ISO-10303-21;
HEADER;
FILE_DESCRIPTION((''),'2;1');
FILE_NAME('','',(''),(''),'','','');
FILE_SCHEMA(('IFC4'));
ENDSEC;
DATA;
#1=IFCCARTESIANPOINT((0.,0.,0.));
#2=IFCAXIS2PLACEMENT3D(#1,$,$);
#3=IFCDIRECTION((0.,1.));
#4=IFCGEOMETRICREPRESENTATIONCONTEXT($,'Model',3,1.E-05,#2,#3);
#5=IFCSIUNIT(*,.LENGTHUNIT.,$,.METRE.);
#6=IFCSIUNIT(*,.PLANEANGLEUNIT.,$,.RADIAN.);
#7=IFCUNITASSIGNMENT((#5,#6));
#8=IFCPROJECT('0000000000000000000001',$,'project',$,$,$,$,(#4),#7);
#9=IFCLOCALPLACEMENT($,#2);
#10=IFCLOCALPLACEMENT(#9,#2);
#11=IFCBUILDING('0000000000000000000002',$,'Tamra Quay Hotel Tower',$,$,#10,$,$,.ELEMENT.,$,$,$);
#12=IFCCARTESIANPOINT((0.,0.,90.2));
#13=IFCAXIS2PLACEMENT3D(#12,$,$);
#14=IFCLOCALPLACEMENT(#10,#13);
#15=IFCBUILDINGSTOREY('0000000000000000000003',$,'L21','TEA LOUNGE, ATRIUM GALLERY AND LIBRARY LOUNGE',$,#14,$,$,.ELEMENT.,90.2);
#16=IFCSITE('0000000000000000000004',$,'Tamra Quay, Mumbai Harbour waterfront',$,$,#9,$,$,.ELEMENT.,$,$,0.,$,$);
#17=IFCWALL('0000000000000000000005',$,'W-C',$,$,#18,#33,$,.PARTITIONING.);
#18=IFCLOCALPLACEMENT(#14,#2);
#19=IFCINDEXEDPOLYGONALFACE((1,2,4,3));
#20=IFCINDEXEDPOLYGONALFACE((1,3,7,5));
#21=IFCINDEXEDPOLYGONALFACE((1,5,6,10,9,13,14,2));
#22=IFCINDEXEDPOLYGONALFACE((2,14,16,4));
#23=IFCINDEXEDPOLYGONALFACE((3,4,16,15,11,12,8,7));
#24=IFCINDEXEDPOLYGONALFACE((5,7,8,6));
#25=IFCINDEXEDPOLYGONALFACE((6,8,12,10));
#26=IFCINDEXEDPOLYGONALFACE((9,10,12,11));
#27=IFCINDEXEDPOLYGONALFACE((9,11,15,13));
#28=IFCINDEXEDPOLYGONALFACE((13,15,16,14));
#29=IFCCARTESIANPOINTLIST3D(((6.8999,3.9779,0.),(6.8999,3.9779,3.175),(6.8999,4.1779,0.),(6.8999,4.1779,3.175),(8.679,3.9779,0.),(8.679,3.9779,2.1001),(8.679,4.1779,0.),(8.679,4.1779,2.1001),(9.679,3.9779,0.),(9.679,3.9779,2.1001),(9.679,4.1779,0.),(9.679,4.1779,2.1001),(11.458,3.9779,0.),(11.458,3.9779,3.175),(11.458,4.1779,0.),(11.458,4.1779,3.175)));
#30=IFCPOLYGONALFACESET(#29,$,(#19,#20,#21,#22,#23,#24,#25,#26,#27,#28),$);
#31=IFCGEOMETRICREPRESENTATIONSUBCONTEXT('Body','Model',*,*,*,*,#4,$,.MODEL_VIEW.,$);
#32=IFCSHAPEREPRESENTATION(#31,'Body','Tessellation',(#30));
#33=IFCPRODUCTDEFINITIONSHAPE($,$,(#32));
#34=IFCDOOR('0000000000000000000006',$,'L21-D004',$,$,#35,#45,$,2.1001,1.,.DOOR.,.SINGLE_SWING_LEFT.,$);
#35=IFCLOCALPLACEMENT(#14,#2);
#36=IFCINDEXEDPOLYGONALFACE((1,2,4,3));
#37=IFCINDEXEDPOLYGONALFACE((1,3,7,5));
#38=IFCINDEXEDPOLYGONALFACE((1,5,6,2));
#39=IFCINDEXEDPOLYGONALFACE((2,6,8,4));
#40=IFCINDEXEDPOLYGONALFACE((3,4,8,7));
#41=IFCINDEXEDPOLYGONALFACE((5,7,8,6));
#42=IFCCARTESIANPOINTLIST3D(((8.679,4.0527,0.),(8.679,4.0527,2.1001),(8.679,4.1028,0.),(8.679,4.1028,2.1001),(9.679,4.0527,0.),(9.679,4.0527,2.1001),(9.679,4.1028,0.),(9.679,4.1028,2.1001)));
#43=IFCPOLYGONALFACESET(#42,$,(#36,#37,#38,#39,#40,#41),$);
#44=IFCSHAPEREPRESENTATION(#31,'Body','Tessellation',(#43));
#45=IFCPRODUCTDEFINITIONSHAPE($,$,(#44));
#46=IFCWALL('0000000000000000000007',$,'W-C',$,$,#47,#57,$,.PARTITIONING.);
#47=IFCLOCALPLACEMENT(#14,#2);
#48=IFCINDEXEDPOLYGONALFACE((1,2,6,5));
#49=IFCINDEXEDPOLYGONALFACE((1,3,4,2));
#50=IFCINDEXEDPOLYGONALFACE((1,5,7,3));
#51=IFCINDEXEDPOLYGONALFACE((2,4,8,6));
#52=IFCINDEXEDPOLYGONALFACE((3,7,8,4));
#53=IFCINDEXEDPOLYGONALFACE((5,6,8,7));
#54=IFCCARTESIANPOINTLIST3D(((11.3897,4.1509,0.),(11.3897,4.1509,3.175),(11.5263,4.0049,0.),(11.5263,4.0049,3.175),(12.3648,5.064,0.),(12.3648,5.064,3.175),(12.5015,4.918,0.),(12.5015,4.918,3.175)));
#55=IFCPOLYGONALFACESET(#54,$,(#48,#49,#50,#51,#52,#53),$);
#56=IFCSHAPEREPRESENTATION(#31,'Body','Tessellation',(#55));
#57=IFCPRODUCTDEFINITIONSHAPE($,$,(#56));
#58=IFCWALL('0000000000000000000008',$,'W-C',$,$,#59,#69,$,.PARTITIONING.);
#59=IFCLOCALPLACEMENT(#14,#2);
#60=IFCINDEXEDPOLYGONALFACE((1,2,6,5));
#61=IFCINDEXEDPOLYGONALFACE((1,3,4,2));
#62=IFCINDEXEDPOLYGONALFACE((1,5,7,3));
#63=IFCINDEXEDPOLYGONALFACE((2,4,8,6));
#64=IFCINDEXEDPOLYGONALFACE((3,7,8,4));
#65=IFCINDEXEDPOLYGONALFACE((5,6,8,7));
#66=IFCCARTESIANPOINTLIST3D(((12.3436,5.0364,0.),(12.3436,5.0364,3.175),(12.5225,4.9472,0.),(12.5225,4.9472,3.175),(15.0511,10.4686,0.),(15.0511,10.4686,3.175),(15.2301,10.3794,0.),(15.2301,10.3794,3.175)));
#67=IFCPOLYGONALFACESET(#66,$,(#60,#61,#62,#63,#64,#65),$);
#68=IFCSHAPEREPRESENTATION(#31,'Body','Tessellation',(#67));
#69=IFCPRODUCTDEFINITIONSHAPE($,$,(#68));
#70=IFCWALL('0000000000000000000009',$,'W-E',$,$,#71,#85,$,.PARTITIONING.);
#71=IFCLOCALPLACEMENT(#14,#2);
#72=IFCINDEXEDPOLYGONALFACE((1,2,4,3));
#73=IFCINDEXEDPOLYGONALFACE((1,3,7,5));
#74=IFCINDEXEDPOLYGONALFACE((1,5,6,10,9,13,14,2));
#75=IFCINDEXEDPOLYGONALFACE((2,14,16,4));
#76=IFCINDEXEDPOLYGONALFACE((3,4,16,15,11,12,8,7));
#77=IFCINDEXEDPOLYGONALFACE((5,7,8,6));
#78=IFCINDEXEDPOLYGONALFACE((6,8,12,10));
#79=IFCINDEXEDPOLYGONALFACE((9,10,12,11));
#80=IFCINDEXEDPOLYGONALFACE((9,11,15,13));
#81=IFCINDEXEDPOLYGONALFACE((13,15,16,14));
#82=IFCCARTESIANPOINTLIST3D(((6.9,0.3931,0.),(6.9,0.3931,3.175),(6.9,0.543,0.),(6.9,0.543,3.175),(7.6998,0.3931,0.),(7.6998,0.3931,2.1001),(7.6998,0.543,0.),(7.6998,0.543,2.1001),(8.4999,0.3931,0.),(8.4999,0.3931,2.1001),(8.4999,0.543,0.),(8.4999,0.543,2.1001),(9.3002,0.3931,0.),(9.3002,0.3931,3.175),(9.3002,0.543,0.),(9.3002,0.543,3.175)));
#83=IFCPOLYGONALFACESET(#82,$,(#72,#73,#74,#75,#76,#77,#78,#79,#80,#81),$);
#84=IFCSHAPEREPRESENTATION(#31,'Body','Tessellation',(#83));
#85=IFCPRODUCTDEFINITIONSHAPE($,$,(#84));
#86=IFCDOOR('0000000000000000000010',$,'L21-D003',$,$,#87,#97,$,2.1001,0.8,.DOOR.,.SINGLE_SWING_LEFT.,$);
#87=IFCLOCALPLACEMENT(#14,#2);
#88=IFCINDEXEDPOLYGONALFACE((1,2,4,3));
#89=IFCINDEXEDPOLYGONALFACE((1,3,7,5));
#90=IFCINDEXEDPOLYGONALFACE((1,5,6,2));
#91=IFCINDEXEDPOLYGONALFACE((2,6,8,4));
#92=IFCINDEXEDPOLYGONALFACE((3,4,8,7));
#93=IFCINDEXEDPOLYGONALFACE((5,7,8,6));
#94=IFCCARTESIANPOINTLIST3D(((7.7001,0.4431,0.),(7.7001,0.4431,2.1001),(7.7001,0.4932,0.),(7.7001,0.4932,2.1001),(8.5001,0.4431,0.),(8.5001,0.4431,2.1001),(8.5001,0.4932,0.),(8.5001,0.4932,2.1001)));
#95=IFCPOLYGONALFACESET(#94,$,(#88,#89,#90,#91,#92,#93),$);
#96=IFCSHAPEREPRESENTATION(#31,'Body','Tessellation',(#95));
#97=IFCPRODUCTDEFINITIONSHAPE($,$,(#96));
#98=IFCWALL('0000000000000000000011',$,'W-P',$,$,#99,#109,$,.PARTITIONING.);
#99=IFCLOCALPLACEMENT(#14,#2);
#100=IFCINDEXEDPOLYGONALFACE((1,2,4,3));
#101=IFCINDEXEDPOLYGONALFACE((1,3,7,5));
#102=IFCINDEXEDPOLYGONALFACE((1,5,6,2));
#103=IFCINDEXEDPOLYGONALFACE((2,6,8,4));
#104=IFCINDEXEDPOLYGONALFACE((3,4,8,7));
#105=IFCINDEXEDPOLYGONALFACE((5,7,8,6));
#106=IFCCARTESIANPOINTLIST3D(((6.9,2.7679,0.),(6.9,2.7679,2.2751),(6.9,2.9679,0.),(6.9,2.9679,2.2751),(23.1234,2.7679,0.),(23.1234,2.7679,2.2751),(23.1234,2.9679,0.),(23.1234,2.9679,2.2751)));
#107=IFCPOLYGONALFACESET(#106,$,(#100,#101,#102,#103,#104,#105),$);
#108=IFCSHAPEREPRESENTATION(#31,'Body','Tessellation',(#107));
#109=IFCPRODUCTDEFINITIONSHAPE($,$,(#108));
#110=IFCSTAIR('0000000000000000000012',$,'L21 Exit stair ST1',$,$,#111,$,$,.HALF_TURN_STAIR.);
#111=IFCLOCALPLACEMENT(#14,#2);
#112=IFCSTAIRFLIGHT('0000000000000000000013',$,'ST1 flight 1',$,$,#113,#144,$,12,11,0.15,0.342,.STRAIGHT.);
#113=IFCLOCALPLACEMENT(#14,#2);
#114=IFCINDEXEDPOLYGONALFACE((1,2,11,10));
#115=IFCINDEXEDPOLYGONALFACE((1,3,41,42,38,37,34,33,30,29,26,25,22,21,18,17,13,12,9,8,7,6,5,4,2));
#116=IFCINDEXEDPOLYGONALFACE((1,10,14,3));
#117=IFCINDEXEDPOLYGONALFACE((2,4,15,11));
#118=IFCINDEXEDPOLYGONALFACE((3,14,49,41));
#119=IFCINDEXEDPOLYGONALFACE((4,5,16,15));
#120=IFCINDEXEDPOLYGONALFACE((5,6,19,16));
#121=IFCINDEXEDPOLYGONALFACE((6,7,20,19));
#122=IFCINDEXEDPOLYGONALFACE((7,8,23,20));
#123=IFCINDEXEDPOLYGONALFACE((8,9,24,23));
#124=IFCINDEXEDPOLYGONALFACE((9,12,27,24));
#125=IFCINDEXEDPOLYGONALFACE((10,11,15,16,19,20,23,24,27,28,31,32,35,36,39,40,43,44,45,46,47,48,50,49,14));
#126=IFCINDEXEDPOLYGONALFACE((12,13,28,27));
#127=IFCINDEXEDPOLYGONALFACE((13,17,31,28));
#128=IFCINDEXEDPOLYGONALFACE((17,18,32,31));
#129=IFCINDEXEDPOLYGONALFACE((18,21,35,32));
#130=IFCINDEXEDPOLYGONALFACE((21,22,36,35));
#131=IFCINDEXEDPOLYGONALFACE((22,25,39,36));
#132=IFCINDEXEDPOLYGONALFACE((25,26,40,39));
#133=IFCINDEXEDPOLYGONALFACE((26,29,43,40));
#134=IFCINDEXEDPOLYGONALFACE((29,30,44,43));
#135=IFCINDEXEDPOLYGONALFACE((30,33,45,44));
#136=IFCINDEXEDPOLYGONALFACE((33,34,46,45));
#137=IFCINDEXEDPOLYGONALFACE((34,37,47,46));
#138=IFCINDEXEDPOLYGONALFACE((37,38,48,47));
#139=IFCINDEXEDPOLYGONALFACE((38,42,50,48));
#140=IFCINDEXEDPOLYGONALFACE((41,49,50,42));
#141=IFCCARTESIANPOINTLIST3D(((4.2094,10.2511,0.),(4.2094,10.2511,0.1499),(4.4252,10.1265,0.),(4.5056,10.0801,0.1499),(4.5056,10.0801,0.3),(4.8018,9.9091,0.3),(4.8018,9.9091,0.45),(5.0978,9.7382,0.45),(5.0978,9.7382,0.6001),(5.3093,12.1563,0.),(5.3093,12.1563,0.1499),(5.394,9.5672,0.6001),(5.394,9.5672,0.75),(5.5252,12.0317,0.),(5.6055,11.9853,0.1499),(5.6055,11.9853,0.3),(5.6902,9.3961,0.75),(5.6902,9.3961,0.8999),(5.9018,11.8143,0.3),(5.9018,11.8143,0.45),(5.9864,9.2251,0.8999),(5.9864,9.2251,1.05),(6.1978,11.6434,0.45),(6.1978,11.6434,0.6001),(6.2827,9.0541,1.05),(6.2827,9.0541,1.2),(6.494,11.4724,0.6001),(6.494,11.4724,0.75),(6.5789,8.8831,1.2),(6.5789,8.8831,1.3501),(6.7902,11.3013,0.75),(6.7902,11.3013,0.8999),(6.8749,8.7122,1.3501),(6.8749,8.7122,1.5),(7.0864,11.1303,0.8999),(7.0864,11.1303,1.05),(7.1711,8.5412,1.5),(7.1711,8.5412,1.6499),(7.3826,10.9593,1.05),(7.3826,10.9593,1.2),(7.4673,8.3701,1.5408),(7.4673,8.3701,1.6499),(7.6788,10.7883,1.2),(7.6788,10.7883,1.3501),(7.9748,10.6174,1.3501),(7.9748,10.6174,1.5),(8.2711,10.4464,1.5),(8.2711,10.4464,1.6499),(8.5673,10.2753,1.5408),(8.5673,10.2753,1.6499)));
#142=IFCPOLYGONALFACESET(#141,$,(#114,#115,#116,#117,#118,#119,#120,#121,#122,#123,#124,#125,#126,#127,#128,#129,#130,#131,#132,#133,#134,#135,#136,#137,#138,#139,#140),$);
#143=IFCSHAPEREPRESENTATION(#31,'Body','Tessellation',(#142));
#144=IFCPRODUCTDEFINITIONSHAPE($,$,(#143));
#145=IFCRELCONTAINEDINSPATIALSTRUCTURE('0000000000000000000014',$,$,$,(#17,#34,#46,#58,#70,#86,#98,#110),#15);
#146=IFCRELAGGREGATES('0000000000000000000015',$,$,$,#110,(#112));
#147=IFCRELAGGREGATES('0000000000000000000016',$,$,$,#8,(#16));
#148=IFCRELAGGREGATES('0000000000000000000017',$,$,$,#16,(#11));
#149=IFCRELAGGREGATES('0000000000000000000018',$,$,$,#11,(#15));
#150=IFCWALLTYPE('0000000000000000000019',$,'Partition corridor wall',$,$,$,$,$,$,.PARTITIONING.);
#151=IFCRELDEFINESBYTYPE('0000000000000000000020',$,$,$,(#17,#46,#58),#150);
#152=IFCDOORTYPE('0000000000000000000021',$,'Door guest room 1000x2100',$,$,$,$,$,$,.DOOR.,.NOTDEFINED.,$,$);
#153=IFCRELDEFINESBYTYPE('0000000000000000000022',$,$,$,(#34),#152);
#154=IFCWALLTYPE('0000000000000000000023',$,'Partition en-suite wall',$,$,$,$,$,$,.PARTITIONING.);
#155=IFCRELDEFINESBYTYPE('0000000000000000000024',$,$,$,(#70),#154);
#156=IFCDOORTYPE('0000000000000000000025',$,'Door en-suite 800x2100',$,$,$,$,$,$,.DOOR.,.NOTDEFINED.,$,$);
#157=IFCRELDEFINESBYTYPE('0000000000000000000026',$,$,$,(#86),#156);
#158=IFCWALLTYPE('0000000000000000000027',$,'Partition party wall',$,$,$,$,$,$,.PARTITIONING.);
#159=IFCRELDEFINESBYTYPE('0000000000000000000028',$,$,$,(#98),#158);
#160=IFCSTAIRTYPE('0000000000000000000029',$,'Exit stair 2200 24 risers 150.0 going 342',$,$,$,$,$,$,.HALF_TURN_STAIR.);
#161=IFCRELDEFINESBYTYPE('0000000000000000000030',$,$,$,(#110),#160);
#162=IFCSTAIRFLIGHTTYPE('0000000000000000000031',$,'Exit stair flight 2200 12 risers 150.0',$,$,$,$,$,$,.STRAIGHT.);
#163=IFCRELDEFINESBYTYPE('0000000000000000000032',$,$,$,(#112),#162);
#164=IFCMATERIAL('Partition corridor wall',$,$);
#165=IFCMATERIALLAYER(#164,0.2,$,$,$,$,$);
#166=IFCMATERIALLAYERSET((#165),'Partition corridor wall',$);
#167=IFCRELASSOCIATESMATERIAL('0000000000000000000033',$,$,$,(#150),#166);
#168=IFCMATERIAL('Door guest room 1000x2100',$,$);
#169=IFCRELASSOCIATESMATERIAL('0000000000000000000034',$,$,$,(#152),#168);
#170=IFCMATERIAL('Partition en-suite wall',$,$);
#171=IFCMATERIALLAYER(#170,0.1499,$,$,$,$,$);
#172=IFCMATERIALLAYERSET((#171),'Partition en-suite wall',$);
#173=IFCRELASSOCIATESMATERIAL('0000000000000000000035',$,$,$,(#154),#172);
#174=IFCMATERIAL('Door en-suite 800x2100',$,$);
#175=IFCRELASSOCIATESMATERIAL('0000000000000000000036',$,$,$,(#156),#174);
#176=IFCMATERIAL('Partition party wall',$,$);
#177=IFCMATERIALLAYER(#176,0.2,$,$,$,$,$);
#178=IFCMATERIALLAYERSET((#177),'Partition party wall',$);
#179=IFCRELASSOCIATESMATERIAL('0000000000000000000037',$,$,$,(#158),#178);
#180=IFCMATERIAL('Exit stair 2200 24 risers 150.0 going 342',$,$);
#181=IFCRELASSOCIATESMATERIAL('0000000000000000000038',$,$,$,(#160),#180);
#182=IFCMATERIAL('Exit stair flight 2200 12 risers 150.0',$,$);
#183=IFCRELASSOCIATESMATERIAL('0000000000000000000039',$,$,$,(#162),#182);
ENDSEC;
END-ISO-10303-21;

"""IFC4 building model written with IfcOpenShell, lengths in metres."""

from ifc_helpers import new_model, si_unit, direction, frame, frame_2d, origin, place, context, subcontext, project, spatial, polyline, rectangle, outline, extrude, material, layer, layer_set, type_object, element, fill, aggregate, save


model = new_model("IFC4")

# Units and contexts
model_context = context("Model", 3, precision=1e-05, world=origin(), true_north=direction((0.0, 1.0)))
body_context = subcontext(model_context, "Body", "Model", "MODEL_VIEW")
ifc_project = project(units=[si_unit("LENGTHUNIT", "METRE"), si_unit("PLANEANGLEUNIT", "RADIAN")], contexts=[model_context])

# Site, building, storey
site_placement = place(None, origin())
site = spatial("IfcSite", under=ifc_project, at=site_placement, Name="Tamra Quay, Mumbai Harbour waterfront", CompositionType="ELEMENT", RefElevation=0.0)
building_placement = place(site_placement, origin())
building = spatial("IfcBuilding", under=site, at=building_placement, Name="Tamra Quay Hotel Tower", CompositionType="ELEMENT")
storey_placement = place(building_placement, frame((0.0, 0.0, 90.2)))
storey = spatial("IfcBuildingStorey", under=building, at=storey_placement, Name="L21", Description="TEA LOUNGE, ATRIUM GALLERY AND LIBRARY LOUNGE", CompositionType="ELEMENT", Elevation=90.2)

# Wall, opening, door
ifc_material_1 = material(Name="Partition corridor wall")
ifc_layer_1 = layer(ifc_material_1, 0.2)
ifc_layer_set_1 = layer_set([ifc_layer_1], Name="Partition corridor wall")
wall_type_1 = type_object("IfcWallType", Name="Partition corridor wall", PredefinedType="PARTITIONING", material=ifc_layer_set_1)
wall_1_placement = place(storey_placement, frame((6.8999, 4.0779, 0.0), z_axis=(0.0, 0.0, 1.0), x_axis=(1.0, 0.0, 0.0)))
wall_1 = element("IfcWall", 1, at=wall_1_placement, inside=storey, type_object=wall_type_1, Name="W-C", PredefinedType="PARTITIONING", context=body_context, shape_type="SweptSolid", body=[
    extrude(rectangle(XDim=4.5581, YDim=0.2, at=frame_2d((2.2791, 0.0))), origin(), (0.0, 0.0, 1.0), 3.175),
])
opening_1_placement = place(wall_1_placement, frame((1.7791, 0.0, 0.0)))
opening_1 = element("IfcOpeningElement", 2, at=opening_1_placement, cuts=wall_1, PredefinedType="OPENING", context=body_context, shape_type="SweptSolid", body=[
    extrude(rectangle(XDim=1.0, YDim=2.1001, at=frame_2d((0.5, 1.05))), frame((0.0, 0.1099, 0.0), z_axis=(0.0, -1.0, 0.0), x_axis=(1.0, 0.0, 0.0)), (0.0, 0.0, 1.0), 0.22),
])
ifc_material_2 = material(Name="Door guest room 1000x2100")
door_type_1 = type_object("IfcDoorType", Name="Door guest room 1000x2100", OperationType="NOTDEFINED", PredefinedType="DOOR", material=ifc_material_2)
door_1_placement = place(opening_1_placement, origin())
door_1 = element("IfcDoor", 3, at=door_1_placement, inside=storey, type_object=door_type_1, Name="L21-D004", OperationType="SINGLE_SWING_LEFT", OverallHeight=2.1001, OverallWidth=1.0, PredefinedType="DOOR", context=body_context, shape_type="SweptSolid", body=[
    extrude(rectangle(XDim=1.0, YDim=2.1001, at=frame_2d((0.5, 1.05))), frame((0.0, 0.0249, 0.0), z_axis=(0.0, -1.0, 0.0), x_axis=(1.0, 0.0, 0.0)), (0.0, 0.0, 1.0), 0.05),
])
fill(opening_1, door_1)

# Walls
wall_2_placement = place(storey_placement, frame((11.458, 4.0779, 0.0), z_axis=(0.0, 0.0, 1.0), x_axis=(0.729936, 0.683515, 0.0)))
element("IfcWall", 4, at=wall_2_placement, inside=storey, type_object=wall_type_1, Name="W-C", PredefinedType="PARTITIONING", context=body_context, shape_type="SweptSolid", body=[
    extrude(rectangle(XDim=1.3359, YDim=0.2, at=frame_2d((0.668, 0.0))), origin(), (0.0, 0.0, 1.0), 3.175),
])
wall_3_placement = place(storey_placement, frame((12.4331, 4.9919, 0.0), z_axis=(0.0, 0.0, 1.0), x_axis=(0.446087, 0.89499, 0.0)))
element("IfcWall", 5, at=wall_3_placement, inside=storey, type_object=wall_type_1, Name="W-C", PredefinedType="PARTITIONING", context=body_context, shape_type="SweptSolid", body=[
    extrude(rectangle(XDim=6.0696, YDim=0.2, at=frame_2d((3.0347, 0.0))), origin(), (0.0, 0.0, 1.0), 3.175),
])

# Wall, opening, door
ifc_material_3 = material(Name="Partition en-suite wall")
ifc_layer_2 = layer(ifc_material_3, 0.1499)
ifc_layer_set_2 = layer_set([ifc_layer_2], Name="Partition en-suite wall")
wall_type_2 = type_object("IfcWallType", Name="Partition en-suite wall", PredefinedType="PARTITIONING", material=ifc_layer_set_2)
wall_4_placement = place(storey_placement, frame((6.8999, 0.468, 0.0), z_axis=(0.0, 0.0, 1.0), x_axis=(1.0, 0.0, 0.0)))
wall_4 = element("IfcWall", 6, at=wall_4_placement, inside=storey, type_object=wall_type_2, Name="W-E", PredefinedType="PARTITIONING", context=body_context, shape_type="SweptSolid", body=[
    extrude(rectangle(XDim=2.4001, YDim=0.1499, at=frame_2d((1.2002, 0.0))), origin(), (0.0, 0.0, 1.0), 3.175),
])
opening_2_placement = place(wall_4_placement, frame((0.8, 0.0, 0.0)))
opening_2 = element("IfcOpeningElement", 7, at=opening_2_placement, cuts=wall_4, PredefinedType="OPENING", context=body_context, shape_type="SweptSolid", body=[
    extrude(rectangle(XDim=0.8, YDim=2.1001, at=frame_2d((0.3999, 1.05))), frame((0.0, 0.085, 0.0), z_axis=(0.0, -1.0, 0.0), x_axis=(1.0, 0.0, 0.0)), (0.0, 0.0, 1.0), 0.1699),
])
ifc_material_4 = material(Name="Door en-suite 800x2100")
door_type_2 = type_object("IfcDoorType", Name="Door en-suite 800x2100", OperationType="NOTDEFINED", PredefinedType="DOOR", material=ifc_material_4)
door_2_placement = place(opening_2_placement, frame((0.8, 0.0, 0.0), z_axis=(0.0, 0.0, 1.0), x_axis=(-1.0, 0.0, 0.0)))
door_2 = element("IfcDoor", 8, at=door_2_placement, inside=storey, type_object=door_type_2, Name="L21-D003", OperationType="SINGLE_SWING_LEFT", OverallHeight=2.1001, OverallWidth=0.8, PredefinedType="DOOR", context=body_context, shape_type="SweptSolid", body=[
    extrude(rectangle(XDim=0.8, YDim=2.1001, at=frame_2d((0.3999, 1.05))), frame((0.0, 0.0249, 0.0), z_axis=(0.0, -1.0, 0.0), x_axis=(1.0, 0.0, 0.0)), (0.0, 0.0, 1.0), 0.05),
])
fill(opening_2, door_2)

# Wall
ifc_material_5 = material(Name="Partition party wall")
ifc_layer_3 = layer(ifc_material_5, 0.2)
ifc_layer_set_3 = layer_set([ifc_layer_3], Name="Partition party wall")
wall_type_3 = type_object("IfcWallType", Name="Partition party wall", PredefinedType="PARTITIONING", material=ifc_layer_set_3)
wall_5_placement = place(storey_placement, frame((6.8999, 2.8679, 0.0), z_axis=(0.0, 0.0, 1.0), x_axis=(1.0, 0.0, 0.0)))
element("IfcWall", 9, at=wall_5_placement, inside=storey, type_object=wall_type_3, Name="W-P", PredefinedType="PARTITIONING", context=body_context, shape_type="SweptSolid", body=[
    extrude(rectangle(XDim=16.2234, YDim=0.2, at=frame_2d((8.1118, 0.0))), origin(), (0.0, 0.0, 1.0), 2.2751),
])

# Stair, stair flight
ifc_material_6 = material(Name="Exit stair 2200 24 risers 150.0 going 342")
stair_type = type_object("IfcStairType", Name="Exit stair 2200 24 risers 150.0 going 342", PredefinedType="HALF_TURN_STAIR", material=ifc_material_6)
stair_placement = place(storey_placement, origin())
stair = element("IfcStair", 10, at=stair_placement, inside=storey, type_object=stair_type, Name="L21 Exit stair ST1", PredefinedType="HALF_TURN_STAIR")
ifc_material_7 = material(Name="Exit stair flight 2200 12 risers 150.0")
stair_flight_type = type_object("IfcStairFlightType", Name="Exit stair flight 2200 12 risers 150.0", PredefinedType="STRAIGHT", material=ifc_material_7)
stair_flight_1_placement = place(storey_placement, frame((4.7593, 11.2036, 0.0), z_axis=(0.0, 0.0, 1.0), x_axis=(0.866025, -0.5, 0.0)))
stair_flight_1 = element("IfcStairFlight", 11, at=stair_flight_1_placement, type_object=stair_flight_type, Name="ST1 flight 1", NumberOfRisers=12, NumberOfTreads=11, PredefinedType="STRAIGHT", RiserHeight=0.15, TreadLength=0.342, context=body_context, shape_type="SweptSolid", body=[
    extrude(outline(polyline([(0.0, 0.0), (0.0, 0.1499), (0.342, 0.1499), (0.342, 0.3), (0.6841, 0.3), (0.6841, 0.45), (1.0259, 0.45), (1.0259, 0.6001), (1.3679, 0.6001), (1.3679, 0.75), (1.71, 0.75), (1.71, 0.8999), (2.052, 0.8999), (2.052, 1.05), (2.394, 1.05), (2.394, 1.2), (2.7361, 1.2), (2.7361, 1.3501), (3.0779, 1.3501), (3.0779, 1.5), (3.4199, 1.5), (3.4199, 1.6499), (3.762, 1.6499), (3.762, 1.8), (3.762, 1.5408), (0.2493, 0.0), (0.0, 0.0)])), frame((0.0, 1.1001, 0.0), z_axis=(0.0, -1.0, 0.0), x_axis=(1.0, 0.0, 0.0)), (0.0, 0.0, 1.0), 2.2),
])
aggregate(stair, [stair_flight_1])

save(model, "model.ifc")
